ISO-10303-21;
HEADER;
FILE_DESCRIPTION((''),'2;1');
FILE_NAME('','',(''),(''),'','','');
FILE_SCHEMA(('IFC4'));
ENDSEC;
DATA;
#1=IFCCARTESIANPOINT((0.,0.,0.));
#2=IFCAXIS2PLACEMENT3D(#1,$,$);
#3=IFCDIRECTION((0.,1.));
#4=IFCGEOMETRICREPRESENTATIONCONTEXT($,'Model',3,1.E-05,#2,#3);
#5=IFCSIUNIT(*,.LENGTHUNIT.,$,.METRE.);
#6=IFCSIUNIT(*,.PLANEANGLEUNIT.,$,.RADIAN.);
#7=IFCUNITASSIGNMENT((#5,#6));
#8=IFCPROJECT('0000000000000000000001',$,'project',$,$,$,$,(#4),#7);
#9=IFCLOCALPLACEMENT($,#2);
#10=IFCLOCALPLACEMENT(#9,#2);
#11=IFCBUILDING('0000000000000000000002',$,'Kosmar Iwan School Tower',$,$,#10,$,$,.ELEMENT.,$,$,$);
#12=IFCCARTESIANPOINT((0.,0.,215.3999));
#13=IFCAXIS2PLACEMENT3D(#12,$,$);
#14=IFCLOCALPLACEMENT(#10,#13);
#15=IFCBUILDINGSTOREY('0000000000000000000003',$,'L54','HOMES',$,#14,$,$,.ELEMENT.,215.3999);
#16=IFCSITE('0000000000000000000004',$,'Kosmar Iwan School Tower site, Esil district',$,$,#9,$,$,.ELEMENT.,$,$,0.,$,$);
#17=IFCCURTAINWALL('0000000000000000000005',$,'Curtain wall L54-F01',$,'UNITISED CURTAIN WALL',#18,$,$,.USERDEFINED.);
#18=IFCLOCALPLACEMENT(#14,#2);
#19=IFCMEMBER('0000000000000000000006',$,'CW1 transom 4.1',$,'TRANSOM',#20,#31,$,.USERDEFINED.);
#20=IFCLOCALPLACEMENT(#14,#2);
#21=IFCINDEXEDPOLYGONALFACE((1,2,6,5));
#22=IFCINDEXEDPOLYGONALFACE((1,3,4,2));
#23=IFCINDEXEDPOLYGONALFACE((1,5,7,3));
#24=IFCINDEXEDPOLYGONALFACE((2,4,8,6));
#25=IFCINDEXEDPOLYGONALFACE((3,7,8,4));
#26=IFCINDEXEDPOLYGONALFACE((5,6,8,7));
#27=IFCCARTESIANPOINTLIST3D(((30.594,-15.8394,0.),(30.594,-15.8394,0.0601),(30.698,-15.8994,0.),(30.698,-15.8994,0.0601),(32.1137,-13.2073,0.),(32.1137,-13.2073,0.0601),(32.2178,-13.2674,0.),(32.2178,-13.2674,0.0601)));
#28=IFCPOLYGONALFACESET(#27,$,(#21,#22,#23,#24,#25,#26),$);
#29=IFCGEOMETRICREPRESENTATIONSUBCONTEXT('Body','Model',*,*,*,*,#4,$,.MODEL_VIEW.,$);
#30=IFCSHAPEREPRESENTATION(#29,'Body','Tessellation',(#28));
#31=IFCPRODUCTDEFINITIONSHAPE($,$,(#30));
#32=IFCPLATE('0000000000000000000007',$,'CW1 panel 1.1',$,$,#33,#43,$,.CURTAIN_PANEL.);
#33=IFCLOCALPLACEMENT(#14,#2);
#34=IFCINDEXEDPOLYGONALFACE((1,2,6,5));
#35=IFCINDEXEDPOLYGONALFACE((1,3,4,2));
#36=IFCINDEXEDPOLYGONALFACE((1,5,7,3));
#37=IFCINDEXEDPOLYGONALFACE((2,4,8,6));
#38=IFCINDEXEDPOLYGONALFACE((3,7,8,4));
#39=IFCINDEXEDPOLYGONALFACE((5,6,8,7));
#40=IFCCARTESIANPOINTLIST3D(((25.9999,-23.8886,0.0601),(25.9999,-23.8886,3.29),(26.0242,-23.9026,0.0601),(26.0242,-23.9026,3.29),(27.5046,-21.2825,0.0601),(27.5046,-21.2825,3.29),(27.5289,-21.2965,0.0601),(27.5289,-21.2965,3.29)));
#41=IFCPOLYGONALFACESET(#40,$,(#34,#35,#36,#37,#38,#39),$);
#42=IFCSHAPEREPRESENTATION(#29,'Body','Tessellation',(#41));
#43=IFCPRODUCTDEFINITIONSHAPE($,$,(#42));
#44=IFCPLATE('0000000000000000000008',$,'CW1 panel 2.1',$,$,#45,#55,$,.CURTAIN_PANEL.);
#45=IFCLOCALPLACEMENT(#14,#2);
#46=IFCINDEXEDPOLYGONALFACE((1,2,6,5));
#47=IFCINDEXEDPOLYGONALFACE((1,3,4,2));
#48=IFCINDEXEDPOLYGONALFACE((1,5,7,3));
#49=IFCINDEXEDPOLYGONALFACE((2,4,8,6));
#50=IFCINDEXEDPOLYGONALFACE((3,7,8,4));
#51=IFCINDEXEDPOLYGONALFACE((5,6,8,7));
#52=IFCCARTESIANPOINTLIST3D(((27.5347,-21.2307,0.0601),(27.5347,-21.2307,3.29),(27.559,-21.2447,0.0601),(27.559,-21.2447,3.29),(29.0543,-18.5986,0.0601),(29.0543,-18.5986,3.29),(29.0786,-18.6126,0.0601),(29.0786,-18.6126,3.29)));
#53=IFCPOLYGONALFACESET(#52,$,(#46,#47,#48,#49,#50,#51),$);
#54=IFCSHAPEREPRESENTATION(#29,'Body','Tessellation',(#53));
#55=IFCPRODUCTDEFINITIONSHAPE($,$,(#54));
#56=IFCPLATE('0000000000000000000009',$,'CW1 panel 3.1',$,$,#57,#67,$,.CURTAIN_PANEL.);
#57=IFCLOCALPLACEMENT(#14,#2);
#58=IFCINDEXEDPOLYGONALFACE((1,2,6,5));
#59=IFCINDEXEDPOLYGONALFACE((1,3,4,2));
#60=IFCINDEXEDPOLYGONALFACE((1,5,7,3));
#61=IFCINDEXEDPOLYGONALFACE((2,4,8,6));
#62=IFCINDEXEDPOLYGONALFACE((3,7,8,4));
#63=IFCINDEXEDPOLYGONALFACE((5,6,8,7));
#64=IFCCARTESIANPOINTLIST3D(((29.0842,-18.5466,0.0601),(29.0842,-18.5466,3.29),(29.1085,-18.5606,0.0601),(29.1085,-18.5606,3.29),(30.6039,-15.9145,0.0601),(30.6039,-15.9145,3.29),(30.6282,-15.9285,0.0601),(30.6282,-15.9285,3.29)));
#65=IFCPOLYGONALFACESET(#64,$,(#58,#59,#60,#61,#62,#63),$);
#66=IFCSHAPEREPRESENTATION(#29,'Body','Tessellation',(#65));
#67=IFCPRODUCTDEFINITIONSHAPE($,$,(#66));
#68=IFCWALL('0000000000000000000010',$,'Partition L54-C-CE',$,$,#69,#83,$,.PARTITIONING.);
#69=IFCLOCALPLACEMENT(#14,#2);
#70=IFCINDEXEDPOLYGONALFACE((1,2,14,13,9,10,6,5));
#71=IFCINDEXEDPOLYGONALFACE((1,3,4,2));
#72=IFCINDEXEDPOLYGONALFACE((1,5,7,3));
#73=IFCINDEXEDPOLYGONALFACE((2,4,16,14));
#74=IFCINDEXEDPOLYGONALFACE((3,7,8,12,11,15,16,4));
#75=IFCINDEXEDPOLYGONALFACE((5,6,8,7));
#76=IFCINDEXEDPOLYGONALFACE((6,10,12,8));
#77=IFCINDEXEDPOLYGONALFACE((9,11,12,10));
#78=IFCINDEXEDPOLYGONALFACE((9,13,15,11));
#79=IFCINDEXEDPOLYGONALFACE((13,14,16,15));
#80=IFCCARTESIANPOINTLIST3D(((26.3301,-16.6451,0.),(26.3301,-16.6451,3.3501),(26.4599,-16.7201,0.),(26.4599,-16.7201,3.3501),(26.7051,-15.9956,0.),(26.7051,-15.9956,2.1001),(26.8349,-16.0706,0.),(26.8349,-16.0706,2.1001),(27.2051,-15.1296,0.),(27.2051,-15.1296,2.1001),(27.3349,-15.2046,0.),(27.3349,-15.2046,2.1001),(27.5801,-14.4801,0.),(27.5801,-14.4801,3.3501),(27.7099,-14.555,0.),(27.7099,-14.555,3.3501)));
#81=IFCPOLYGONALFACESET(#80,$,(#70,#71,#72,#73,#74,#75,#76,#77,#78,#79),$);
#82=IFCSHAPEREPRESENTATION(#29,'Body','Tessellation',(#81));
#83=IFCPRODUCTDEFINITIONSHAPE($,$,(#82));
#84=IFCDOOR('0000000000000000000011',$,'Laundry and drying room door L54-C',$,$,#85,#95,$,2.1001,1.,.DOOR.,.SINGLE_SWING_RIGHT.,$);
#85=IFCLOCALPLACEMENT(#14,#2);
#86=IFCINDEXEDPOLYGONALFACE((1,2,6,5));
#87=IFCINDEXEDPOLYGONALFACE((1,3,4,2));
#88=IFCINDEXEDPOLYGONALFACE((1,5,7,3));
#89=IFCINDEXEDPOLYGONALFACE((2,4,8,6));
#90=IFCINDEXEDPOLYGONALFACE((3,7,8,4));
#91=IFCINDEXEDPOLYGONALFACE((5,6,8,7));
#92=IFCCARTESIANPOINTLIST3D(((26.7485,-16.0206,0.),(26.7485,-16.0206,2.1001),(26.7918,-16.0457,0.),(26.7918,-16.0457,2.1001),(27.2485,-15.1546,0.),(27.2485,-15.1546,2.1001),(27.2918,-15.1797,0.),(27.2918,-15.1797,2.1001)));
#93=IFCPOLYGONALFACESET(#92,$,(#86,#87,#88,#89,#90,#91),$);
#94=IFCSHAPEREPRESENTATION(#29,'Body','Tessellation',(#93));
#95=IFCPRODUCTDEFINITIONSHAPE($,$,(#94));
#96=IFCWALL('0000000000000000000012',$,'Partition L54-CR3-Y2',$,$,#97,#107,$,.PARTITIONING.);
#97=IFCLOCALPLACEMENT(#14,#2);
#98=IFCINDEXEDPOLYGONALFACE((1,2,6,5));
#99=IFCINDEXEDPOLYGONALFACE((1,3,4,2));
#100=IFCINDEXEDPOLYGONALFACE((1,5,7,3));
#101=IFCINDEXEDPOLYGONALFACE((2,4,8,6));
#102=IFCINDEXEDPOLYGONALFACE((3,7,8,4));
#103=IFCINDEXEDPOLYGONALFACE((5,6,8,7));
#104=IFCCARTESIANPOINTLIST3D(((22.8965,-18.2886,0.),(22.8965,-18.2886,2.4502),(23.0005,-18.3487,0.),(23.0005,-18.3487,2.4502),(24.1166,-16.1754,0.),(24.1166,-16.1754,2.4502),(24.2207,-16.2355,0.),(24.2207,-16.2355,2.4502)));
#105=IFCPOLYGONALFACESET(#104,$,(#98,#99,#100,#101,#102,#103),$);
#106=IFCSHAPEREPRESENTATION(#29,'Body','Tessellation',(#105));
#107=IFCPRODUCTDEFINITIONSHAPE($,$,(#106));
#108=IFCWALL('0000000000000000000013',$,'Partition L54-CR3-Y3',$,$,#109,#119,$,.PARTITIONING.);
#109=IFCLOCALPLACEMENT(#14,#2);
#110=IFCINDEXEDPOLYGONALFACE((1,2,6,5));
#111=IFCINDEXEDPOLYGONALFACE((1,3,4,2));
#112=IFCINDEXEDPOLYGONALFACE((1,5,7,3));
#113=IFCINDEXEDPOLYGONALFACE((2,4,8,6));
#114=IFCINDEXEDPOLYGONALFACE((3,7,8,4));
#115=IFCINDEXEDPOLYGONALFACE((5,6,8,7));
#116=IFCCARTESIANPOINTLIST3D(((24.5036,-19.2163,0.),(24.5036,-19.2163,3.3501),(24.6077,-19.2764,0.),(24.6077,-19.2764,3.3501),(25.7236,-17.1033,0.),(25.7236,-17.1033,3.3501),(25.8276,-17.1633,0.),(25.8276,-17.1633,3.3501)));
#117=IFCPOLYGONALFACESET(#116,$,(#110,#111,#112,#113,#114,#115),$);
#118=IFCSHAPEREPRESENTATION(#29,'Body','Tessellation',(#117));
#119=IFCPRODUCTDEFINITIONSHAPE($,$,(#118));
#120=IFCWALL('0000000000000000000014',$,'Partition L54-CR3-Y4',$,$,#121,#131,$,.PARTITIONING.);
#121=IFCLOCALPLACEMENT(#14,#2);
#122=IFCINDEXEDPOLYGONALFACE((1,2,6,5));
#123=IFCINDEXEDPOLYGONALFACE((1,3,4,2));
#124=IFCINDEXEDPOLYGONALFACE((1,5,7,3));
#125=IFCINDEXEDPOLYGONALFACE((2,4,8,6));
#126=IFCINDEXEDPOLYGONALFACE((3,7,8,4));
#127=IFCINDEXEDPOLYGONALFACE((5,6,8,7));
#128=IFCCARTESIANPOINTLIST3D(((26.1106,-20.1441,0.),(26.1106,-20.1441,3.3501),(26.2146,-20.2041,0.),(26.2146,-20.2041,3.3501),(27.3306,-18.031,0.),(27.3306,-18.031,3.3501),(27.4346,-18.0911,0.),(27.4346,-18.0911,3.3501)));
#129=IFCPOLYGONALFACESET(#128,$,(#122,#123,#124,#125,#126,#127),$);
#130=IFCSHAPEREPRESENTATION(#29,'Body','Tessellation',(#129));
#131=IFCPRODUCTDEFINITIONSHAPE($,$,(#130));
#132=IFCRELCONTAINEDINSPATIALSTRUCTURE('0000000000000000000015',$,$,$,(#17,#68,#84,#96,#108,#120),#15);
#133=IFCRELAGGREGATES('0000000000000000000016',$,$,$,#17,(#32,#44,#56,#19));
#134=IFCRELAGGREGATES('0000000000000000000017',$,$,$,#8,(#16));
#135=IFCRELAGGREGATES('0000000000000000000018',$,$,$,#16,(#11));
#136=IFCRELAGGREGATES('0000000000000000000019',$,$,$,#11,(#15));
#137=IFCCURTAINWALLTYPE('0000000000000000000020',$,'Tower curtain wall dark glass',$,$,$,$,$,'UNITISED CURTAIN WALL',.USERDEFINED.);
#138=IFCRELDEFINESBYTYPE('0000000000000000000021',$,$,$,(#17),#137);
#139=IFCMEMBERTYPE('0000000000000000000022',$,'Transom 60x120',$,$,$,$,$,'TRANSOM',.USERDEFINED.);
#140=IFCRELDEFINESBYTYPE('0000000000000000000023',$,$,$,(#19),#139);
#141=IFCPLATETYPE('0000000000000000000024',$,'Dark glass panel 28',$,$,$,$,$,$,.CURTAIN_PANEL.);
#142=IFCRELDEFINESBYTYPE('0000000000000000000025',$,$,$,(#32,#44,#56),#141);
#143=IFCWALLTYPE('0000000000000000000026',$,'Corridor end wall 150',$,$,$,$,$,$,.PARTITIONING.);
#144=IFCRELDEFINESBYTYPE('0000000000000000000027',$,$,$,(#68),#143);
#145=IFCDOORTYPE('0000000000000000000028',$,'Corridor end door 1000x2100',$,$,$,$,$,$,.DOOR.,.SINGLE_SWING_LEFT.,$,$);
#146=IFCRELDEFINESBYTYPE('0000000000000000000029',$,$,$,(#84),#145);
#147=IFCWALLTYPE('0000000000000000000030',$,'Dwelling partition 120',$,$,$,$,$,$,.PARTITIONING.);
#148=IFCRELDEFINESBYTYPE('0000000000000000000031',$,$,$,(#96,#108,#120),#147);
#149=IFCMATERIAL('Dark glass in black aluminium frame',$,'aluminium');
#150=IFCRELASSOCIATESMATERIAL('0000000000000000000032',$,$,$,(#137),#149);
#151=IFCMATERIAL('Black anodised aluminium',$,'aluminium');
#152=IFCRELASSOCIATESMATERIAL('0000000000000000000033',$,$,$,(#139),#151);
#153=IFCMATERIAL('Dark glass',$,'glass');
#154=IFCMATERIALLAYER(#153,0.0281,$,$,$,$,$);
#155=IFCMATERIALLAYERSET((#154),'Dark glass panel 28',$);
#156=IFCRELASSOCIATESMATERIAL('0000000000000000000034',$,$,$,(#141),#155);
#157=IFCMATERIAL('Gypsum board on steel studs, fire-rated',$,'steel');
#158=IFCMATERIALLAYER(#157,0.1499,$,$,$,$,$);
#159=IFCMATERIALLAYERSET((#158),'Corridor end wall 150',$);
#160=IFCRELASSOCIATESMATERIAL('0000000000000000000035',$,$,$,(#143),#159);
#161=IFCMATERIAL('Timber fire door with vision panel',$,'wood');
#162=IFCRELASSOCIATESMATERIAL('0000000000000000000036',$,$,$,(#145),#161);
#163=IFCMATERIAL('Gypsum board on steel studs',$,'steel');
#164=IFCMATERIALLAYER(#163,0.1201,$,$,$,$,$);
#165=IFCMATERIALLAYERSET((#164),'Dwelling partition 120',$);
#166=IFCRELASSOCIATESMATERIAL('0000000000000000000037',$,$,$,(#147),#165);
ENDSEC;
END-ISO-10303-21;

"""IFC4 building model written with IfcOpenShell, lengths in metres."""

from ifc_helpers import new_model, si_unit, direction, frame, frame_2d, origin, origin_2d, place, context, subcontext, project, spatial, rectangle, extrude, material, layer, layer_set, material_profile, profile_set, type_object, element, fill, aggregate, save


model = new_model("IFC4")

# Units and contexts
model_context = context("Model", 3, precision=1e-05, world=origin(), true_north=direction((0.0, 1.0)))
body_context = subcontext(model_context, "Body", "Model", "MODEL_VIEW")
ifc_project = project(units=[si_unit("LENGTHUNIT", "METRE"), si_unit("PLANEANGLEUNIT", "RADIAN")], contexts=[model_context])

# Site, building, storey
site_placement = place(None, origin())
site = spatial("IfcSite", under=ifc_project, at=site_placement, Name="Kosmar Iwan School Tower site, Esil district", CompositionType="ELEMENT", RefElevation=0.0)
building_placement = place(site_placement, origin())
building = spatial("IfcBuilding", under=site, at=building_placement, Name="Kosmar Iwan School Tower", CompositionType="ELEMENT")
storey_placement = place(building_placement, frame((0.0, 0.0, 215.3999)))
storey = spatial("IfcBuildingStorey", under=building, at=storey_placement, Name="L54", Description="HOMES", CompositionType="ELEMENT", Elevation=215.3999)

# Curtain wall
ifc_material_1 = material(Name="Dark glass in black aluminium frame", Category="aluminium")
curtain_wall_type_1 = type_object("IfcCurtainWallType", Name="Tower curtain wall dark glass", ElementType="UNITISED CURTAIN WALL", PredefinedType="USERDEFINED", material=ifc_material_1)
curtain_wall_1_placement = place(storey_placement, origin())
curtain_wall_1 = element("IfcCurtainWall", 1, at=curtain_wall_1_placement, inside=storey, type_object=curtain_wall_type_1, Name="Curtain wall L54-F01", ObjectType="UNITISED CURTAIN WALL", PredefinedType="USERDEFINED")

# Member
ifc_material_2 = material(Name="Black anodised aluminium", Category="aluminium")
ifc_material_profile_1 = material_profile(ifc_material_2, rectangle(XDim=0.1201, YDim=0.0601, at=origin_2d()), Name="TRANSOM 60x120")
ifc_profile_set_1 = profile_set([ifc_material_profile_1], Name="Black anodised aluminium")
member_type_1 = type_object("IfcMemberType", Name="Transom 60x120", ElementType="TRANSOM", PredefinedType="USERDEFINED", material=ifc_profile_set_1)
member_1_placement = place(storey_placement, frame((30.646, -15.8694, 0.03), z_axis=(0.500035, 0.866005, 0.0), x_axis=(-0.866005, 0.500035, 0.0)))
member_1 = element("IfcMember", 2, at=member_1_placement, type_object=member_type_1, Name="CW1 transom 4.1", ObjectType="TRANSOM", PredefinedType="USERDEFINED", context=body_context, shape_type="SweptSolid", body=[
    extrude(rectangle(XDim=0.1201, YDim=0.0601, at=origin_2d()), origin(), (0.0, 0.0, 1.0), 3.0393),
])

# Plates
ifc_material_3 = material(Name="Dark glass", Category="glass")
ifc_layer_1 = layer(ifc_material_3, 0.0281)
ifc_layer_set_1 = layer_set([ifc_layer_1], Name="Dark glass panel 28")
plate_type = type_object("IfcPlateType", Name="Dark glass panel 28", PredefinedType="CURTAIN_PANEL", material=ifc_layer_set_1)
plate_1_placement = place(storey_placement, frame((26.7644, -22.5925, 0.0601), z_axis=(0.0, 0.0, 1.0), x_axis=(0.5, 0.866025, 0.0)))
plate_1 = element("IfcPlate", 3, at=plate_1_placement, type_object=plate_type, Name="CW1 panel 1.1", PredefinedType="CURTAIN_PANEL", context=body_context, shape_type="SweptSolid", body=[
    extrude(rectangle(XDim=3.0093, YDim=0.0281, at=origin_2d()), origin(), (0.0, 0.0, 1.0), 3.23),
])
plate_2_placement = place(storey_placement, frame((28.3066, -19.9216, 0.0601), z_axis=(0.0, 0.0, 1.0), x_axis=(0.5, 0.866025, 0.0)))
plate_2 = element("IfcPlate", 4, at=plate_2_placement, type_object=plate_type, Name="CW1 panel 2.1", PredefinedType="CURTAIN_PANEL", context=body_context, shape_type="SweptSolid", body=[
    extrude(rectangle(XDim=3.0393, YDim=0.0281, at=origin_2d()), origin(), (0.0, 0.0, 1.0), 3.23),
])
plate_3_placement = place(storey_placement, frame((29.8562, -17.2375, 0.0601), z_axis=(0.0, 0.0, 1.0), x_axis=(0.5, 0.866025, 0.0)))
plate_3 = element("IfcPlate", 5, at=plate_3_placement, type_object=plate_type, Name="CW1 panel 3.1", PredefinedType="CURTAIN_PANEL", context=body_context, shape_type="SweptSolid", body=[
    extrude(rectangle(XDim=3.0393, YDim=0.0281, at=origin_2d()), origin(), (0.0, 0.0, 1.0), 3.23),
])
aggregate(curtain_wall_1, [plate_1, plate_2, plate_3, member_1])

# Wall, opening, door
ifc_material_4 = material(Name="Gypsum board on steel studs, fire-rated", Category="steel")
ifc_layer_2 = layer(ifc_material_4, 0.1499)
ifc_layer_set_2 = layer_set([ifc_layer_2], Name="Corridor end wall 150")
wall_type_1 = type_object("IfcWallType", Name="Corridor end wall 150", PredefinedType="PARTITIONING", material=ifc_layer_set_2)
wall_1_placement = place(storey_placement, frame((26.395, -16.6826, 0.0), z_axis=(0.0, 0.0, 1.0), x_axis=(0.500004, 0.866023, 0.0)))
wall_1 = element("IfcWall", 6, at=wall_1_placement, inside=storey, type_object=wall_type_1, Name="Partition L54-C-CE", PredefinedType="PARTITIONING", context=body_context, shape_type="SweptSolid", body=[
    extrude(rectangle(XDim=2.5, YDim=0.1499, at=frame_2d((1.25, 0.0))), origin(), (0.0, 0.0, 1.0), 3.3501),
])
opening_placement = place(wall_1_placement, frame((0.75, 0.0, 0.0)))
opening = element("IfcOpeningElement", 7, at=opening_placement, cuts=wall_1, PredefinedType="OPENING", context=body_context, shape_type="SweptSolid", body=[
    extrude(rectangle(XDim=1.0, YDim=2.1001, at=frame_2d((0.5, 1.05))), frame((0.0, 0.0869, 0.0), z_axis=(0.0, -1.0, 0.0), x_axis=(1.0, 0.0, 0.0)), (0.0, 0.0, 1.0), 0.1738),
])
ifc_material_5 = material(Name="Timber fire door with vision panel", Category="wood")
door_type = type_object("IfcDoorType", Name="Corridor end door 1000x2100", OperationType="SINGLE_SWING_LEFT", PredefinedType="DOOR", material=ifc_material_5)
door_placement = place(opening_placement, origin())
door = element("IfcDoor", 8, at=door_placement, inside=storey, type_object=door_type, Name="Laundry and drying room door L54-C", OperationType="SINGLE_SWING_RIGHT", OverallHeight=2.1001, OverallWidth=1.0, PredefinedType="DOOR", context=body_context, shape_type="SweptSolid", body=[
    extrude(rectangle(XDim=1.0, YDim=2.1001, at=frame_2d((0.5, 1.05))), frame((0.0, 0.0249, 0.0), z_axis=(0.0, -1.0, 0.0), x_axis=(1.0, 0.0, 0.0)), (0.0, 0.0, 1.0), 0.05),
])
fill(opening, door)

# Walls
ifc_material_6 = material(Name="Gypsum board on steel studs", Category="steel")
ifc_layer_3 = layer(ifc_material_6, 0.1201)
ifc_layer_set_3 = layer_set([ifc_layer_3], Name="Dwelling partition 120")
wall_type_2 = type_object("IfcWallType", Name="Dwelling partition 120", PredefinedType="PARTITIONING", material=ifc_layer_set_3)
wall_2_placement = place(storey_placement, frame((24.1687, -16.2053, 0.0), z_axis=(0.0, 0.0, 1.0), x_axis=(-0.500034, -0.866006, 0.0)))
element("IfcWall", 9, at=wall_2_placement, inside=storey, type_object=wall_type_2, Name="Partition L54-CR3-Y2", PredefinedType="PARTITIONING", context=body_context, shape_type="SweptSolid", body=[
    extrude(rectangle(XDim=2.4402, YDim=0.1201, at=frame_2d((1.2202, 0.0))), origin(), (0.0, 0.0, 1.0), 2.4502),
])
for number, where, z_axis, x_axis, name in (
    (10, (25.7756, -17.1333, 0.0), (0.0, 0.0, 1.0), (-0.500003, -0.866024, 0.0), "Partition L54-CR3-Y3"),
    (11, (27.3826, -18.061, 0.0), (0.0, 0.0, 1.0), (-0.500003, -0.866024, 0.0), "Partition L54-CR3-Y4"),
):
    element("IfcWall", number, at=place(storey_placement, frame(where, z_axis=z_axis, x_axis=x_axis)), inside=storey, type_object=wall_type_2, Name=name, PredefinedType="PARTITIONING", context=body_context, shape_type="SweptSolid", body=[
        extrude(rectangle(XDim=2.4399, YDim=0.1201, at=frame_2d((1.22, 0.0))), origin(), (0.0, 0.0, 1.0), 3.3501),
    ])

save(model, "model.ifc")
